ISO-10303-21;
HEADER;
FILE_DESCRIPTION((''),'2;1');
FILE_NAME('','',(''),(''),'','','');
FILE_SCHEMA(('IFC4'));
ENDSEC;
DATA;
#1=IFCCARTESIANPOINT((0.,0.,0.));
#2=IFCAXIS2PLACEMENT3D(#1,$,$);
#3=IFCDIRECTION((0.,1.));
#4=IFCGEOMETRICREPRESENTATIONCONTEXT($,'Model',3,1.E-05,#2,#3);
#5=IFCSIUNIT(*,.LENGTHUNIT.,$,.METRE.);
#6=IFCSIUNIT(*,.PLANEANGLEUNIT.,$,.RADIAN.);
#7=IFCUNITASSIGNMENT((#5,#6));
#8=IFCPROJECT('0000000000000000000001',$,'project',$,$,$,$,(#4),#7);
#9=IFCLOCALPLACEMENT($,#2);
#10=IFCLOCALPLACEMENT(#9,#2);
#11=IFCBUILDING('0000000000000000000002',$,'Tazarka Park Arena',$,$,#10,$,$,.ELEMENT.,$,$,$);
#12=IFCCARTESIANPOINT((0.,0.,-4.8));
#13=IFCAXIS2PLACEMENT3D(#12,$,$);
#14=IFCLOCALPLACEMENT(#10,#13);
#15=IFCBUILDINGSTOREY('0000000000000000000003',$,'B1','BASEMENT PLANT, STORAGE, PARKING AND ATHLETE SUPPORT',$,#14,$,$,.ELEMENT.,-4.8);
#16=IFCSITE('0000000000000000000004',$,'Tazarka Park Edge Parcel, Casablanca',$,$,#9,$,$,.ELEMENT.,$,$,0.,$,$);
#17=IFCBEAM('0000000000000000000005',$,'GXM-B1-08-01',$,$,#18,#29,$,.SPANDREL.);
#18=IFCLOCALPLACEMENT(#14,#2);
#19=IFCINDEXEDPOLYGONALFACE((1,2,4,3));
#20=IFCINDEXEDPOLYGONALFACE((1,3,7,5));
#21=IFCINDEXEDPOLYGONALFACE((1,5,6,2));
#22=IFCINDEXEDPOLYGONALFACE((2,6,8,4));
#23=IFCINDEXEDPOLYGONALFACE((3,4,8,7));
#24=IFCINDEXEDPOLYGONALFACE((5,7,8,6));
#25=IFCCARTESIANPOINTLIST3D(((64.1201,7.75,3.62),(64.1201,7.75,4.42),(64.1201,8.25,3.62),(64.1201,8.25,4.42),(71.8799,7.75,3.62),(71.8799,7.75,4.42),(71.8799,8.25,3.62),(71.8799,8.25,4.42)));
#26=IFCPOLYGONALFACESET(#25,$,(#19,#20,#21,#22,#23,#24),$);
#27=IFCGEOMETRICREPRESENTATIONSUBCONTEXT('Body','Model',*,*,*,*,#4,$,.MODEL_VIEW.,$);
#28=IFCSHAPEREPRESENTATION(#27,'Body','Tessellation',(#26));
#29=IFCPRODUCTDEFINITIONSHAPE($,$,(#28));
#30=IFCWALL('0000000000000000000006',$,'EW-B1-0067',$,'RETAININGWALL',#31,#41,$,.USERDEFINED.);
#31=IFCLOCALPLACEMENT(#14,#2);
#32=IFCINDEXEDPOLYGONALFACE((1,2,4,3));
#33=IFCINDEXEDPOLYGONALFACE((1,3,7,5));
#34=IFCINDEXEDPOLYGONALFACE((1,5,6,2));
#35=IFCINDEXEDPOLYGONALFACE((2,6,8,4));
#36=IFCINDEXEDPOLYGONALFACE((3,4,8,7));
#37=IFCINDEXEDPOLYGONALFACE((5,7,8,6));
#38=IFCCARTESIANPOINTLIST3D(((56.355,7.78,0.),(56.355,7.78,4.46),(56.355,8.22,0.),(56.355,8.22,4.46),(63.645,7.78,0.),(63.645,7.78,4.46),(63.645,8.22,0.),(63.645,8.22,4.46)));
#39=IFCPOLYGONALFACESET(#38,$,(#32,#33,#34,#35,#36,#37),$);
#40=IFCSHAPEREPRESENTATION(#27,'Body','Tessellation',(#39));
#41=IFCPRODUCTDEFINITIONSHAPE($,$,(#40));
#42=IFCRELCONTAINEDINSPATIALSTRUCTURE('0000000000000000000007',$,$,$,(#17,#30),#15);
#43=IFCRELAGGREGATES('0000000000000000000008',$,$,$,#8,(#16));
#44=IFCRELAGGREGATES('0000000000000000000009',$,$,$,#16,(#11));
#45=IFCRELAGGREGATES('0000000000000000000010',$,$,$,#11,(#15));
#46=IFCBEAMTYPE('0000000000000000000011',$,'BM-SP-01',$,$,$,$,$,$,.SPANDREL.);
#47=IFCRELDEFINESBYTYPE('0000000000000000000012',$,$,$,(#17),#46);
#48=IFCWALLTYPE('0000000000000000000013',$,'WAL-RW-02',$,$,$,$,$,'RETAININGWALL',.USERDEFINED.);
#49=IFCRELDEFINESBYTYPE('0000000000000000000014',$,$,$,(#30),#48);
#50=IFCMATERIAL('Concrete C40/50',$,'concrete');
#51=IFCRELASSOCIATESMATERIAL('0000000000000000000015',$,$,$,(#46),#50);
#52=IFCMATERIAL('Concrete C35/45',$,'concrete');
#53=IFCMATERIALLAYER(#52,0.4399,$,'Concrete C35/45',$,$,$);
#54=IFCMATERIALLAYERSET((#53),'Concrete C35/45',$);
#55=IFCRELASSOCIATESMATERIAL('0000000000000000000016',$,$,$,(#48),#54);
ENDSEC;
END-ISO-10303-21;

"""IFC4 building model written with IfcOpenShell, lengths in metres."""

from ifc_helpers import new_model, si_unit, direction, frame, frame_2d, origin, origin_2d, place, context, subcontext, project, spatial, rectangle, extrude, material, layer, layer_set, material_profile, profile_set, type_object, element, save


model = new_model("IFC4")

# Units and contexts
model_context = context("Model", 3, precision=1e-05, world=origin(), true_north=direction((0.0, 1.0)))
body_context = subcontext(model_context, "Body", "Model", "MODEL_VIEW")
ifc_project = project(units=[si_unit("LENGTHUNIT", "METRE"), si_unit("PLANEANGLEUNIT", "RADIAN")], contexts=[model_context])

# Site, building, storey
site_placement = place(None, origin())
site = spatial("IfcSite", under=ifc_project, at=site_placement, Name="Tazarka Park Edge Parcel, Casablanca", CompositionType="ELEMENT", RefElevation=0.0)
building_placement = place(site_placement, origin())
building = spatial("IfcBuilding", under=site, at=building_placement, Name="Tazarka Park Arena", CompositionType="ELEMENT")
storey_placement = place(building_placement, frame((0.0, 0.0, -4.8)))
storey = spatial("IfcBuildingStorey", under=building, at=storey_placement, Name="B1", Description="BASEMENT PLANT, STORAGE, PARKING AND ATHLETE SUPPORT", CompositionType="ELEMENT", Elevation=-4.8)

# Beam
ifc_material_1 = material(Name="Concrete C40/50", Category="concrete")
ifc_material_profile_1 = material_profile(ifc_material_1, rectangle(XDim=0.5, YDim=0.8, at=origin_2d()), Name="Concrete C40/50")
ifc_profile_set_1 = profile_set([ifc_material_profile_1], Name="Concrete C40/50")
beam_type_1 = type_object("IfcBeamType", Name="BM-SP-01", PredefinedType="SPANDREL", material=ifc_profile_set_1)
beam_1_placement = place(storey_placement, frame((64.1201, 8.0, 4.02), z_axis=(1.0, 0.0, 0.0), x_axis=(0.0, 1.0, 0.0)))
element("IfcBeam", 1, at=beam_1_placement, inside=storey, type_object=beam_type_1, Name="GXM-B1-08-01", PredefinedType="SPANDREL", context=body_context, shape_type="SweptSolid", body=[
    extrude(rectangle(XDim=0.5, YDim=0.8, at=origin_2d()), origin(), (0.0, 0.0, 1.0), 7.7598),
])

# Wall
ifc_material_2 = material(Name="Concrete C35/45", Category="concrete")
ifc_layer = layer(ifc_material_2, 0.4399, Name="Concrete C35/45")
ifc_layer_set = layer_set([ifc_layer], Name="Concrete C35/45")
wall_type = type_object("IfcWallType", Name="WAL-RW-02", ElementType="RETAININGWALL", PredefinedType="USERDEFINED", material=ifc_layer_set)
wall_placement = place(storey_placement, frame((63.645, 8.0, 0.0), z_axis=(0.0, 0.0, 1.0), x_axis=(-1.0, 0.0, 0.0)))
element("IfcWall", 2, at=wall_placement, inside=storey, type_object=wall_type, Name="EW-B1-0067", ObjectType="RETAININGWALL", PredefinedType="USERDEFINED", context=body_context, shape_type="SweptSolid", body=[
    extrude(rectangle(XDim=7.29, YDim=0.4399, at=frame_2d((3.645, 0.0))), origin(), (0.0, 0.0, 1.0), 4.46),
])

save(model, "model.ifc")
